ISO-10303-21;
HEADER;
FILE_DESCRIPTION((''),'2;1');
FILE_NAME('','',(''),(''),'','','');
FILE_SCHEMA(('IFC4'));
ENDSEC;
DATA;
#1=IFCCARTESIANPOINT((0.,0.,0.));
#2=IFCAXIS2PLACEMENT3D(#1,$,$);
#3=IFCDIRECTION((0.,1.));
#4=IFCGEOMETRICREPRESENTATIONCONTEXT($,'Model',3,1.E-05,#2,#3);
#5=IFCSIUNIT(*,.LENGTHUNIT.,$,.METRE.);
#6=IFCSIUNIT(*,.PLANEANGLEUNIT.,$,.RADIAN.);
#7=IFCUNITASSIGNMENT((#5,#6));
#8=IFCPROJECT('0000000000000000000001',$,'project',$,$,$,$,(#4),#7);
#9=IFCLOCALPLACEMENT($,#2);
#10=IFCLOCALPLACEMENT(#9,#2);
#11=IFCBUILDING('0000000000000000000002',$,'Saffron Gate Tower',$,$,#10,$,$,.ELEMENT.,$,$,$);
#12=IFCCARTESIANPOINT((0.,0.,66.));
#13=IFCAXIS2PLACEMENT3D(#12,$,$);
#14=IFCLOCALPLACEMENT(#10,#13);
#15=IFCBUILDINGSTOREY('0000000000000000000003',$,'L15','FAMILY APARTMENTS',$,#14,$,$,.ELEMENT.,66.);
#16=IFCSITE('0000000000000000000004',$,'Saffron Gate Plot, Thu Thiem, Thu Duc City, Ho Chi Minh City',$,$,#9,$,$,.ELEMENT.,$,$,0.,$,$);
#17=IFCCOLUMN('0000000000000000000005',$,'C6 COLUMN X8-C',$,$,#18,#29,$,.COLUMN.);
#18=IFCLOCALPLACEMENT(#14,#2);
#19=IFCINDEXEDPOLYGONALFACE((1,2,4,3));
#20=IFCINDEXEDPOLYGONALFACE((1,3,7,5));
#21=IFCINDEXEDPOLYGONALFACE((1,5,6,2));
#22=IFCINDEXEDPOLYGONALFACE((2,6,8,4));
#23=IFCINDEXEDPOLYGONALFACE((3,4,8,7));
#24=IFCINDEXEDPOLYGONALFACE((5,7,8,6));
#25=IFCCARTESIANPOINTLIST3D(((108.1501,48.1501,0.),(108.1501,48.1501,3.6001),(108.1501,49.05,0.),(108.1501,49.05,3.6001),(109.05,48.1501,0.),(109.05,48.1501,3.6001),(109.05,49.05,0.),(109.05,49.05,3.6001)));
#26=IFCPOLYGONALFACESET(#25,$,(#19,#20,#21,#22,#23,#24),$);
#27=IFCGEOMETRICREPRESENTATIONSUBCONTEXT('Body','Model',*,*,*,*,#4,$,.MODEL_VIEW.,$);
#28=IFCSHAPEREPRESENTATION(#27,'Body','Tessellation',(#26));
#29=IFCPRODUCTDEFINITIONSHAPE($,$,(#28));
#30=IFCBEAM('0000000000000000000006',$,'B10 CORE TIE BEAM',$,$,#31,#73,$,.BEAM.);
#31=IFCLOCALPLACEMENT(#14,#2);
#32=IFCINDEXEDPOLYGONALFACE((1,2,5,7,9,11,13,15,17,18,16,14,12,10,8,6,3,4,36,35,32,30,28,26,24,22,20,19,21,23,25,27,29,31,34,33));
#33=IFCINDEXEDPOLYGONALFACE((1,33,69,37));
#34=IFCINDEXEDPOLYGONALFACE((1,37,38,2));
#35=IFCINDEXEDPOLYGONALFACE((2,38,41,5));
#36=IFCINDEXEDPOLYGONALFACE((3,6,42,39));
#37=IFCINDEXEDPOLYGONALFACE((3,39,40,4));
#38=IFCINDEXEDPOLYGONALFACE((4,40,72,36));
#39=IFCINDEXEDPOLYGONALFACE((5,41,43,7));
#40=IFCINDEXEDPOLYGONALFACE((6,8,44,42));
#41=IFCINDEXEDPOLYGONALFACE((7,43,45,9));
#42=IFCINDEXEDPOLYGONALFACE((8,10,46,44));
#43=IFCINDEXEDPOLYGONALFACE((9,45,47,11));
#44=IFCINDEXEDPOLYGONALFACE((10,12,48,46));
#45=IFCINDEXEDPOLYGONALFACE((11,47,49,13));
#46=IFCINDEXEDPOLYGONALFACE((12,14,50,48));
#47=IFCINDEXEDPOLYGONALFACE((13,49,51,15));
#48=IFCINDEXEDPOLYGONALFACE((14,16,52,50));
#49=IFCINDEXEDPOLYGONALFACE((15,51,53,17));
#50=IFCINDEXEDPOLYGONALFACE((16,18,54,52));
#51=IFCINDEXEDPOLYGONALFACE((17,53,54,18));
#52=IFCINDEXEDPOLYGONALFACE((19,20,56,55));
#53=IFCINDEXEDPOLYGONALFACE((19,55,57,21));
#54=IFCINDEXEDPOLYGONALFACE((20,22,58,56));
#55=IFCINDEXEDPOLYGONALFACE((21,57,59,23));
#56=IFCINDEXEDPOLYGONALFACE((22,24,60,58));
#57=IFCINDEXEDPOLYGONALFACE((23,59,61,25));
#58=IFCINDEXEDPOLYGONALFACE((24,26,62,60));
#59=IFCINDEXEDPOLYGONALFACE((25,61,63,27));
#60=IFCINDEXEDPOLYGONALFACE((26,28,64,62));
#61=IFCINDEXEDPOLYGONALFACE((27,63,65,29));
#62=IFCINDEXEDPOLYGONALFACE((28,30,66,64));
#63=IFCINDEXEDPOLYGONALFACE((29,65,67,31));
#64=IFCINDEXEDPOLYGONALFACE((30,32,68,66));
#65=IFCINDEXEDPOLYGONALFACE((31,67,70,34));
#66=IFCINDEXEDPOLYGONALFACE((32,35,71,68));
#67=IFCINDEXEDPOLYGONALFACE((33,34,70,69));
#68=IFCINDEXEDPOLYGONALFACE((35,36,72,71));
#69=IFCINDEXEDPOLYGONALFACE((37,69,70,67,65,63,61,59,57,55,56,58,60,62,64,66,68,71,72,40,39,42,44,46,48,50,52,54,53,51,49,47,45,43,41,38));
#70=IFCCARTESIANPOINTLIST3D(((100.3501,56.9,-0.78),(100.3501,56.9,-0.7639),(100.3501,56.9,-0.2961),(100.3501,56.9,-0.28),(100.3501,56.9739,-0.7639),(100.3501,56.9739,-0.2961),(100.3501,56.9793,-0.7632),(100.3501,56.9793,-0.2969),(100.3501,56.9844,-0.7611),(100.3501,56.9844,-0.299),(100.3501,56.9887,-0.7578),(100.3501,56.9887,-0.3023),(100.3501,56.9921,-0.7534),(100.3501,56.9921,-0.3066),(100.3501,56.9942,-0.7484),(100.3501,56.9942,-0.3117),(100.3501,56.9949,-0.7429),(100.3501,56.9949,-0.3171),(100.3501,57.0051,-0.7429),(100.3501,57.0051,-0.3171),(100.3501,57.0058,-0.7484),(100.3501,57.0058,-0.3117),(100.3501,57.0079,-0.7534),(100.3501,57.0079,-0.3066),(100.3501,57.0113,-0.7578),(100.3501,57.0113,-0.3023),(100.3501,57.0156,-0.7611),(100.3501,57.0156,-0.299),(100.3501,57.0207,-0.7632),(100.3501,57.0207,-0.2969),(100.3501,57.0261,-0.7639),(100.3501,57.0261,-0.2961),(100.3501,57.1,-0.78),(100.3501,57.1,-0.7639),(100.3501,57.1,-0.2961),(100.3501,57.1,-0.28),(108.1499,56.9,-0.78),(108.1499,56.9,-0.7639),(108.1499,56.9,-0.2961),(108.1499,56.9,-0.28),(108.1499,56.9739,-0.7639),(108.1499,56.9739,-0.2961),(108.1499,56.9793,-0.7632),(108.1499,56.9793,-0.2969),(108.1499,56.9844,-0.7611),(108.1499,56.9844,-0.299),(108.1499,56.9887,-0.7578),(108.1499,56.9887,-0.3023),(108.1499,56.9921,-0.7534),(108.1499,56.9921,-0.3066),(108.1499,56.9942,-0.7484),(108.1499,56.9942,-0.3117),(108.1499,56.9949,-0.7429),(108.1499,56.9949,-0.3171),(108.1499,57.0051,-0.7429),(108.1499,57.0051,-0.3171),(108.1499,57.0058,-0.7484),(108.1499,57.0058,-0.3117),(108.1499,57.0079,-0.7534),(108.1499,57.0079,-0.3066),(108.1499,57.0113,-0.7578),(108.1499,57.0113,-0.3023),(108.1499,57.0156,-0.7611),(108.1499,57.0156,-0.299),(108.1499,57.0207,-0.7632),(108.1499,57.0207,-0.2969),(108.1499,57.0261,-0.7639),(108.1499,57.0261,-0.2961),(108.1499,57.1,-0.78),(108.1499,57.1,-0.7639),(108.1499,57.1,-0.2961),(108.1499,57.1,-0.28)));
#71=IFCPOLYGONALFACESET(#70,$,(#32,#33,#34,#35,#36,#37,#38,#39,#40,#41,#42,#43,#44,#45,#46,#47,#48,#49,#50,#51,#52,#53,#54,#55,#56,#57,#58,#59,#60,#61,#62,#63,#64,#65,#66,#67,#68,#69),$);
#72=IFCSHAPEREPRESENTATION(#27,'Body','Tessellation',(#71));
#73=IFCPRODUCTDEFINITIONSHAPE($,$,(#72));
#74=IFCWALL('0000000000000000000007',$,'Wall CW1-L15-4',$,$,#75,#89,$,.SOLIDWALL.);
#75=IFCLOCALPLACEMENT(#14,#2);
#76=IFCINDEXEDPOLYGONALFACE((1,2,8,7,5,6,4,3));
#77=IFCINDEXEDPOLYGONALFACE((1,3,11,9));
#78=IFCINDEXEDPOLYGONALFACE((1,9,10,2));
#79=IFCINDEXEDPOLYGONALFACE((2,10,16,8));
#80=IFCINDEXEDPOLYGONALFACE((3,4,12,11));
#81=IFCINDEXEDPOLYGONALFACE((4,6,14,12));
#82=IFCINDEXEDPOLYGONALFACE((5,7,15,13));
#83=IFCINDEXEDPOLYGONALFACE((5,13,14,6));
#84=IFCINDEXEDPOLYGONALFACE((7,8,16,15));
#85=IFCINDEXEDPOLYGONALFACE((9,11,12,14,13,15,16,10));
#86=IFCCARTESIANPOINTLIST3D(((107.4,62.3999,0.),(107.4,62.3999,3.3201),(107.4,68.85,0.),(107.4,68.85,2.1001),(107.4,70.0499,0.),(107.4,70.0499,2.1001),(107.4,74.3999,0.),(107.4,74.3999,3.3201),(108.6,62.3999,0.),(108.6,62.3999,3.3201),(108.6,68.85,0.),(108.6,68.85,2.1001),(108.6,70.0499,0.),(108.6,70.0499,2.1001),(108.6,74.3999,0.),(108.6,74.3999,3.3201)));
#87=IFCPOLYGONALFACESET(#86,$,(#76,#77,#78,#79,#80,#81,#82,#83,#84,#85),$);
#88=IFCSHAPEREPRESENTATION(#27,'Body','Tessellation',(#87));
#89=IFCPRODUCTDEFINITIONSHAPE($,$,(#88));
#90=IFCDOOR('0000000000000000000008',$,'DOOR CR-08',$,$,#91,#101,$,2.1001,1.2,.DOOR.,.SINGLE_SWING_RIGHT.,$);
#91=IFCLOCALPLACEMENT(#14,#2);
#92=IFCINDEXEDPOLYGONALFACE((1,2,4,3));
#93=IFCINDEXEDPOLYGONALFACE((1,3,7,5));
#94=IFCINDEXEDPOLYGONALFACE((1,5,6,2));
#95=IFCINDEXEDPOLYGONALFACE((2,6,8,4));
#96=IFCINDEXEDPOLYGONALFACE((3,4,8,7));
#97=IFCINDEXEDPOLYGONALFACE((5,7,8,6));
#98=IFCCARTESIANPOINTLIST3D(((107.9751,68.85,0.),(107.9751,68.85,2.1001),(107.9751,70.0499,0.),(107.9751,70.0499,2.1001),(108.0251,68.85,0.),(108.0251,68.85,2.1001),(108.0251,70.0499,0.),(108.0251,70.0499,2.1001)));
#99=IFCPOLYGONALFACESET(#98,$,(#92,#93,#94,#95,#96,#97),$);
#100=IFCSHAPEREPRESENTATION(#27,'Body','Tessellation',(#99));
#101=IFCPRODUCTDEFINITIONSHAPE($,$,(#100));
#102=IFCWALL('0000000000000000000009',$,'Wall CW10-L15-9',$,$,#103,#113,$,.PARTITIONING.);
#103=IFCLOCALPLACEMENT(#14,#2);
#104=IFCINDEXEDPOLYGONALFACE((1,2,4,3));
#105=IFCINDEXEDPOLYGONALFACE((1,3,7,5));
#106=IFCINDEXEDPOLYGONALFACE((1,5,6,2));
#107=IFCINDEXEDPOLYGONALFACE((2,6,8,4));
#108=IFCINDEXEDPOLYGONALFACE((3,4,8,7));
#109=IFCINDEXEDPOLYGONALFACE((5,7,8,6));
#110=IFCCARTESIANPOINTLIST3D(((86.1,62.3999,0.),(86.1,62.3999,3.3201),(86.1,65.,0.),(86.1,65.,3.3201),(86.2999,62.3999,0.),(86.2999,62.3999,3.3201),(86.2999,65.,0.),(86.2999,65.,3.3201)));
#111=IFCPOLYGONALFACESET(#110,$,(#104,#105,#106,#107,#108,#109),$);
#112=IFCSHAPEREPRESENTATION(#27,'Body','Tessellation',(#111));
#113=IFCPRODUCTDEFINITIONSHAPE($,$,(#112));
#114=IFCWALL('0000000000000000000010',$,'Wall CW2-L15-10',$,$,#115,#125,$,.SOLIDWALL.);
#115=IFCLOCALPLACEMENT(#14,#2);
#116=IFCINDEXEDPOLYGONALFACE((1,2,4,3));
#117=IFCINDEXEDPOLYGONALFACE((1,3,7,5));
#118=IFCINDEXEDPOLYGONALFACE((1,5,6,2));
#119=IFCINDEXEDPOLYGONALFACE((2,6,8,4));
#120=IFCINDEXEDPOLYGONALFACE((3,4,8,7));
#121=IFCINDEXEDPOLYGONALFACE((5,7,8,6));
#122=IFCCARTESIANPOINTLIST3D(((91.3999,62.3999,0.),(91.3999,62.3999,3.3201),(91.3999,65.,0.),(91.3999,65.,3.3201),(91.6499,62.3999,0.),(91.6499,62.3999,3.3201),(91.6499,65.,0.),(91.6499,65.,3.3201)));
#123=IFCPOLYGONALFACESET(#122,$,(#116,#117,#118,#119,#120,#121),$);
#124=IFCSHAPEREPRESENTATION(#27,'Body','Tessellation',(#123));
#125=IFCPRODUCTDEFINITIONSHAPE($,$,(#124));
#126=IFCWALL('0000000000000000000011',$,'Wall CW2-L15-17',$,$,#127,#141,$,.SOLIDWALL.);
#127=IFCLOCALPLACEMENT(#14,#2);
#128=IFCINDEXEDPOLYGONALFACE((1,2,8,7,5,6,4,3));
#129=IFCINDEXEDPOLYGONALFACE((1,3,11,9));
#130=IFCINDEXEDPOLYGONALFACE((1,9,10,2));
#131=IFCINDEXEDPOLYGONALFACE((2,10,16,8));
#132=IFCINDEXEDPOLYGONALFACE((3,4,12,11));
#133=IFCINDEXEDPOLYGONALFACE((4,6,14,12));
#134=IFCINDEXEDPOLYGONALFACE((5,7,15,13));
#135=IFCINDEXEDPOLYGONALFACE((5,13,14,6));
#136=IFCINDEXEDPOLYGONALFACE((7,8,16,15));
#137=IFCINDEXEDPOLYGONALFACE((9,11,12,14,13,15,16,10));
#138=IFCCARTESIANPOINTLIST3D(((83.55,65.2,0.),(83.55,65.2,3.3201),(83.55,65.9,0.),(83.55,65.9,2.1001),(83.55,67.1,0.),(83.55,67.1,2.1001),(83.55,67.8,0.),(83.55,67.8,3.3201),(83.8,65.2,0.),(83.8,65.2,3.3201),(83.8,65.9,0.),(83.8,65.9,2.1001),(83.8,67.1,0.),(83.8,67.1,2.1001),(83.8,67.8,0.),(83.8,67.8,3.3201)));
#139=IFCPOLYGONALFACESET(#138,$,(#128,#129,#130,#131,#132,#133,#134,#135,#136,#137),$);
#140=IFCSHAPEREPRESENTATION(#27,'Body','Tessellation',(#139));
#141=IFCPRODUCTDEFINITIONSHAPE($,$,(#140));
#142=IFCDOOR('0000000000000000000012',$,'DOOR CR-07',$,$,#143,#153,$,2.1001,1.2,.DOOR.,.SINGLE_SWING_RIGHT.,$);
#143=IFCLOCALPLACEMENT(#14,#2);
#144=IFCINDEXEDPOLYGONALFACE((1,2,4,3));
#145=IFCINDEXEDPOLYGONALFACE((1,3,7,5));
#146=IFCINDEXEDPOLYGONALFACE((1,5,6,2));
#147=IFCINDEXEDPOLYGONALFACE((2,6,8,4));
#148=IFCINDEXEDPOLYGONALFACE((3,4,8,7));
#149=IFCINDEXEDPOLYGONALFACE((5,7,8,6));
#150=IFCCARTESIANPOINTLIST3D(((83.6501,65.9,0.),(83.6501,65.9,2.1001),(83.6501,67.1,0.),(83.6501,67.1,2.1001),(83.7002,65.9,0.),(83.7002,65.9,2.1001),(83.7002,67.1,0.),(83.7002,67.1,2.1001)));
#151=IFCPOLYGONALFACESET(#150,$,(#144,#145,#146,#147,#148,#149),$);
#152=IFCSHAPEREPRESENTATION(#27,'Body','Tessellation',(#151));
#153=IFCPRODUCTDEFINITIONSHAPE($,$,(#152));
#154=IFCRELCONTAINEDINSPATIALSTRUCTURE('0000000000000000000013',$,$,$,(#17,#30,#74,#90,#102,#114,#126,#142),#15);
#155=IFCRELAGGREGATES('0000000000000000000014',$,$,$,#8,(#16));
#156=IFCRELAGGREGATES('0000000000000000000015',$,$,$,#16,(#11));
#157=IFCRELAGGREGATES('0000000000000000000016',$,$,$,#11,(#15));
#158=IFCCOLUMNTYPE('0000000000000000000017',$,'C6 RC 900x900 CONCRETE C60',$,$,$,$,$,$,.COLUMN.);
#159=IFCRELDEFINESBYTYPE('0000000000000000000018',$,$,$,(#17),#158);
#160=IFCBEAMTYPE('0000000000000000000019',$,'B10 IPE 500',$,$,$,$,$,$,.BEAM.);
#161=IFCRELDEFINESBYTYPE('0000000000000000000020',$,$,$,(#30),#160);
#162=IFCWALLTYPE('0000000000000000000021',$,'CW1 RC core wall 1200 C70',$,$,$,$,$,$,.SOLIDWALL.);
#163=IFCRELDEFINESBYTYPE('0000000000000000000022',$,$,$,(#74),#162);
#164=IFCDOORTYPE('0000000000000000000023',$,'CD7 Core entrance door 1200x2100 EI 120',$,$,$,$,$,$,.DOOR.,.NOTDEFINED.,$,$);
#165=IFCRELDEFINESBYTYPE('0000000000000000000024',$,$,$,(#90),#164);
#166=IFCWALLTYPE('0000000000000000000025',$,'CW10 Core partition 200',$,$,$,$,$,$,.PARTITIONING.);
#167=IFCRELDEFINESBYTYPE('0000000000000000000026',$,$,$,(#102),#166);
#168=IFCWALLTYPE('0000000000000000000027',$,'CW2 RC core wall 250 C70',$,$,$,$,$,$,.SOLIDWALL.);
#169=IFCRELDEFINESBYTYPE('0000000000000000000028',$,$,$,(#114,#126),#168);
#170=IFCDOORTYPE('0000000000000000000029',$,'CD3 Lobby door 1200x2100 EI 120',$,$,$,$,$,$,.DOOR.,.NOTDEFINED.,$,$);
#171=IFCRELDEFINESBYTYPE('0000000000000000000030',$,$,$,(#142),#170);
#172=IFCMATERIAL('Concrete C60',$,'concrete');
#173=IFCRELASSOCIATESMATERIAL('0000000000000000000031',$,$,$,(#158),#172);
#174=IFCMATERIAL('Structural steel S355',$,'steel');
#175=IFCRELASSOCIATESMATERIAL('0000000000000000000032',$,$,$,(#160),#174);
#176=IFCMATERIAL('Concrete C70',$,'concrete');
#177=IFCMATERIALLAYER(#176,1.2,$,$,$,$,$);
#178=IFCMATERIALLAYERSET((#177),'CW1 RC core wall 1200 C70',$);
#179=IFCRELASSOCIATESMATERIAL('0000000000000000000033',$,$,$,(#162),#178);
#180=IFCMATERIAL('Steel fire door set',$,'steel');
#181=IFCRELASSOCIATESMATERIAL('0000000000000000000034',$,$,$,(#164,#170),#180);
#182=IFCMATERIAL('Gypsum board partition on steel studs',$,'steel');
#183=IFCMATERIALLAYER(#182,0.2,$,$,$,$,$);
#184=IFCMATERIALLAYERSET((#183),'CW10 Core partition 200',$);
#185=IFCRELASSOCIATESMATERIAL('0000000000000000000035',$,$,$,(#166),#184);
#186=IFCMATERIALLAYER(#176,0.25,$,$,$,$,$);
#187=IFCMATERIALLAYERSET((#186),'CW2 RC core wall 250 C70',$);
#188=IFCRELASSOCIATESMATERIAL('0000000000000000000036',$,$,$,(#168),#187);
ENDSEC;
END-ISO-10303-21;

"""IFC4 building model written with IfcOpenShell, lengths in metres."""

from ifc_helpers import new_model, si_unit, direction, frame, frame_2d, origin, origin_2d, place, context, subcontext, project, spatial, rectangle, i_section, extrude, material, layer, layer_set, material_profile, profile_set, type_object, element, fill, save


model = new_model("IFC4")

# Units and contexts
model_context = context("Model", 3, precision=1e-05, world=origin(), true_north=direction((0.0, 1.0)))
body_context = subcontext(model_context, "Body", "Model", "MODEL_VIEW")
ifc_project = project(units=[si_unit("LENGTHUNIT", "METRE"), si_unit("PLANEANGLEUNIT", "RADIAN")], contexts=[model_context])

# Site, building, storey
site_placement = place(None, origin())
site = spatial("IfcSite", under=ifc_project, at=site_placement, Name="Saffron Gate Plot, Thu Thiem, Thu Duc City, Ho Chi Minh City", CompositionType="ELEMENT", RefElevation=0.0)
building_placement = place(site_placement, origin())
building = spatial("IfcBuilding", under=site, at=building_placement, Name="Saffron Gate Tower", CompositionType="ELEMENT")
storey_placement = place(building_placement, frame((0.0, 0.0, 66.0)))
storey = spatial("IfcBuildingStorey", under=building, at=storey_placement, Name="L15", Description="FAMILY APARTMENTS", CompositionType="ELEMENT", Elevation=66.0)

# Column
ifc_material_1 = material(Name="Concrete C60", Category="concrete")
ifc_material_profile_1 = material_profile(ifc_material_1, rectangle(XDim=0.8999, YDim=0.8999, at=origin_2d()))
ifc_profile_set_1 = profile_set([ifc_material_profile_1], Name="Concrete C60")
column_type = type_object("IfcColumnType", Name="C6 RC 900x900 CONCRETE C60", PredefinedType="COLUMN", material=ifc_profile_set_1)
column_placement = place(storey_placement, frame((108.6001, 48.6001, 0.0), z_axis=(0.0, 0.0, 1.0), x_axis=(1.0, 0.0, 0.0)))
element("IfcColumn", 1, at=column_placement, inside=storey, type_object=column_type, Name="C6 COLUMN X8-C", PredefinedType="COLUMN", context=body_context, shape_type="SweptSolid", body=[
    extrude(rectangle(XDim=0.8999, YDim=0.8999, at=origin_2d()), origin(), (0.0, 0.0, 1.0), 3.6001),
])

# Beam
ifc_material_2 = material(Name="Structural steel S355", Category="steel")
ifc_material_profile_2 = material_profile(ifc_material_2, i_section(OverallWidth=0.2, OverallDepth=0.5, WebThickness=0.0103, FlangeThickness=0.0161, FilletRadius=0.021, at=origin_2d()))
ifc_profile_set_2 = profile_set([ifc_material_profile_2], Name="Structural steel S355")
beam_type = type_object("IfcBeamType", Name="B10 IPE 500", PredefinedType="BEAM", material=ifc_profile_set_2)
beam_placement = place(storey_placement, frame((108.1499, 57.0, -0.53), z_axis=(-1.0, 0.0, 0.0), x_axis=(0.0, -1.0, 0.0)))
element("IfcBeam", 2, at=beam_placement, inside=storey, type_object=beam_type, Name="B10 CORE TIE BEAM", PredefinedType="BEAM", context=body_context, shape_type="SweptSolid", body=[
    extrude(i_section(OverallWidth=0.2, OverallDepth=0.5, WebThickness=0.0103, FlangeThickness=0.0161, FilletRadius=0.021, at=origin_2d()), origin(), (0.0, 0.0, 1.0), 7.7998),
])

# Wall, opening, door
ifc_material_3 = material(Name="Concrete C70", Category="concrete")
ifc_layer_1 = layer(ifc_material_3, 1.2)
ifc_layer_set_1 = layer_set([ifc_layer_1], Name="CW1 RC core wall 1200 C70")
wall_type_1 = type_object("IfcWallType", Name="CW1 RC core wall 1200 C70", PredefinedType="SOLIDWALL", material=ifc_layer_set_1)
wall_1_placement = place(storey_placement, frame((108.0, 62.3999, 0.0), z_axis=(0.0, 0.0, 1.0), x_axis=(0.0, 1.0, 0.0)))
wall_1 = element("IfcWall", 3, at=wall_1_placement, inside=storey, type_object=wall_type_1, Name="Wall CW1-L15-4", PredefinedType="SOLIDWALL", context=body_context, shape_type="SweptSolid", body=[
    extrude(rectangle(XDim=12.0, YDim=1.2, at=frame_2d((6.0, 0.0))), origin(), (0.0, 0.0, 1.0), 3.3201),
])
opening_1_placement = place(wall_1_placement, frame((6.45, 0.0, 0.0)))
opening_1 = element("IfcOpeningElement", 4, at=opening_1_placement, cuts=wall_1, PredefinedType="OPENING", context=body_context, shape_type="SweptSolid", body=[
    extrude(rectangle(XDim=1.2, YDim=2.1001, at=frame_2d((0.6001, 1.05))), frame((0.0, 0.6099, 0.0), z_axis=(0.0, -1.0, 0.0), x_axis=(1.0, 0.0, 0.0)), (0.0, 0.0, 1.0), 1.22),
])
ifc_material_4 = material(Name="Steel fire door set", Category="steel")
door_type_1 = type_object("IfcDoorType", Name="CD7 Core entrance door 1200x2100 EI 120", OperationType="NOTDEFINED", PredefinedType="DOOR", material=ifc_material_4)
door_1_placement = place(opening_1_placement, origin())
door_1 = element("IfcDoor", 5, at=door_1_placement, inside=storey, type_object=door_type_1, Name="DOOR CR-08", OperationType="SINGLE_SWING_RIGHT", OverallHeight=2.1001, OverallWidth=1.2, PredefinedType="DOOR", context=body_context, shape_type="SweptSolid", body=[
    extrude(rectangle(XDim=1.2, YDim=2.1001, at=frame_2d((0.6001, 1.05))), frame((0.0, 0.0249, 0.0), z_axis=(0.0, -1.0, 0.0), x_axis=(1.0, 0.0, 0.0)), (0.0, 0.0, 1.0), 0.05),
])
fill(opening_1, door_1)

# Walls
ifc_material_5 = material(Name="Gypsum board partition on steel studs", Category="steel")
ifc_layer_2 = layer(ifc_material_5, 0.2)
ifc_layer_set_2 = layer_set([ifc_layer_2], Name="CW10 Core partition 200")
wall_type_2 = type_object("IfcWallType", Name="CW10 Core partition 200", PredefinedType="PARTITIONING", material=ifc_layer_set_2)
wall_2_placement = place(storey_placement, frame((86.2, 62.3999, 0.0), z_axis=(0.0, 0.0, 1.0), x_axis=(0.0, 1.0, 0.0)))
element("IfcWall", 6, at=wall_2_placement, inside=storey, type_object=wall_type_2, Name="Wall CW10-L15-9", PredefinedType="PARTITIONING", context=body_context, shape_type="SweptSolid", body=[
    extrude(rectangle(XDim=2.6001, YDim=0.2, at=frame_2d((1.3, 0.0))), origin(), (0.0, 0.0, 1.0), 3.3201),
])
ifc_layer_3 = layer(ifc_material_3, 0.25)
ifc_layer_set_3 = layer_set([ifc_layer_3], Name="CW2 RC core wall 250 C70")
wall_type_3 = type_object("IfcWallType", Name="CW2 RC core wall 250 C70", PredefinedType="SOLIDWALL", material=ifc_layer_set_3)
wall_3_placement = place(storey_placement, frame((91.5249, 62.3999, 0.0), z_axis=(0.0, 0.0, 1.0), x_axis=(0.0, 1.0, 0.0)))
element("IfcWall", 7, at=wall_3_placement, inside=storey, type_object=wall_type_3, Name="Wall CW2-L15-10", PredefinedType="SOLIDWALL", context=body_context, shape_type="SweptSolid", body=[
    extrude(rectangle(XDim=2.6001, YDim=0.25, at=frame_2d((1.3, 0.0))), origin(), (0.0, 0.0, 1.0), 3.3201),
])

# Wall, opening, door
wall_4_placement = place(storey_placement, frame((83.675, 65.2, 0.0), z_axis=(0.0, 0.0, 1.0), x_axis=(0.0, 1.0, 0.0)))
wall_4 = element("IfcWall", 8, at=wall_4_placement, inside=storey, type_object=wall_type_3, Name="Wall CW2-L15-17", PredefinedType="SOLIDWALL", context=body_context, shape_type="SweptSolid", body=[
    extrude(rectangle(XDim=2.6001, YDim=0.25, at=frame_2d((1.3, 0.0))), origin(), (0.0, 0.0, 1.0), 3.3201),
])
opening_2_placement = place(wall_4_placement, frame((0.7, 0.0, 0.0)))
opening_2 = element("IfcOpeningElement", 9, at=opening_2_placement, cuts=wall_4, PredefinedType="OPENING", context=body_context, shape_type="SweptSolid", body=[
    extrude(rectangle(XDim=1.2, YDim=2.1001, at=frame_2d((0.6001, 1.05))), frame((0.0, 0.135, 0.0), z_axis=(0.0, -1.0, 0.0), x_axis=(1.0, 0.0, 0.0)), (0.0, 0.0, 1.0), 0.27),
])
door_type_2 = type_object("IfcDoorType", Name="CD3 Lobby door 1200x2100 EI 120", OperationType="NOTDEFINED", PredefinedType="DOOR", material=ifc_material_4)
door_2_placement = place(opening_2_placement, origin())
door_2 = element("IfcDoor", 10, at=door_2_placement, inside=storey, type_object=door_type_2, Name="DOOR CR-07", OperationType="SINGLE_SWING_RIGHT", OverallHeight=2.1001, OverallWidth=1.2, PredefinedType="DOOR", context=body_context, shape_type="SweptSolid", body=[
    extrude(rectangle(XDim=1.2, YDim=2.1001, at=frame_2d((0.6001, 1.05))), frame((0.0, 0.0249, 0.0), z_axis=(0.0, -1.0, 0.0), x_axis=(1.0, 0.0, 0.0)), (0.0, 0.0, 1.0), 0.05),
])
fill(opening_2, door_2)

save(model, "model.ifc")
